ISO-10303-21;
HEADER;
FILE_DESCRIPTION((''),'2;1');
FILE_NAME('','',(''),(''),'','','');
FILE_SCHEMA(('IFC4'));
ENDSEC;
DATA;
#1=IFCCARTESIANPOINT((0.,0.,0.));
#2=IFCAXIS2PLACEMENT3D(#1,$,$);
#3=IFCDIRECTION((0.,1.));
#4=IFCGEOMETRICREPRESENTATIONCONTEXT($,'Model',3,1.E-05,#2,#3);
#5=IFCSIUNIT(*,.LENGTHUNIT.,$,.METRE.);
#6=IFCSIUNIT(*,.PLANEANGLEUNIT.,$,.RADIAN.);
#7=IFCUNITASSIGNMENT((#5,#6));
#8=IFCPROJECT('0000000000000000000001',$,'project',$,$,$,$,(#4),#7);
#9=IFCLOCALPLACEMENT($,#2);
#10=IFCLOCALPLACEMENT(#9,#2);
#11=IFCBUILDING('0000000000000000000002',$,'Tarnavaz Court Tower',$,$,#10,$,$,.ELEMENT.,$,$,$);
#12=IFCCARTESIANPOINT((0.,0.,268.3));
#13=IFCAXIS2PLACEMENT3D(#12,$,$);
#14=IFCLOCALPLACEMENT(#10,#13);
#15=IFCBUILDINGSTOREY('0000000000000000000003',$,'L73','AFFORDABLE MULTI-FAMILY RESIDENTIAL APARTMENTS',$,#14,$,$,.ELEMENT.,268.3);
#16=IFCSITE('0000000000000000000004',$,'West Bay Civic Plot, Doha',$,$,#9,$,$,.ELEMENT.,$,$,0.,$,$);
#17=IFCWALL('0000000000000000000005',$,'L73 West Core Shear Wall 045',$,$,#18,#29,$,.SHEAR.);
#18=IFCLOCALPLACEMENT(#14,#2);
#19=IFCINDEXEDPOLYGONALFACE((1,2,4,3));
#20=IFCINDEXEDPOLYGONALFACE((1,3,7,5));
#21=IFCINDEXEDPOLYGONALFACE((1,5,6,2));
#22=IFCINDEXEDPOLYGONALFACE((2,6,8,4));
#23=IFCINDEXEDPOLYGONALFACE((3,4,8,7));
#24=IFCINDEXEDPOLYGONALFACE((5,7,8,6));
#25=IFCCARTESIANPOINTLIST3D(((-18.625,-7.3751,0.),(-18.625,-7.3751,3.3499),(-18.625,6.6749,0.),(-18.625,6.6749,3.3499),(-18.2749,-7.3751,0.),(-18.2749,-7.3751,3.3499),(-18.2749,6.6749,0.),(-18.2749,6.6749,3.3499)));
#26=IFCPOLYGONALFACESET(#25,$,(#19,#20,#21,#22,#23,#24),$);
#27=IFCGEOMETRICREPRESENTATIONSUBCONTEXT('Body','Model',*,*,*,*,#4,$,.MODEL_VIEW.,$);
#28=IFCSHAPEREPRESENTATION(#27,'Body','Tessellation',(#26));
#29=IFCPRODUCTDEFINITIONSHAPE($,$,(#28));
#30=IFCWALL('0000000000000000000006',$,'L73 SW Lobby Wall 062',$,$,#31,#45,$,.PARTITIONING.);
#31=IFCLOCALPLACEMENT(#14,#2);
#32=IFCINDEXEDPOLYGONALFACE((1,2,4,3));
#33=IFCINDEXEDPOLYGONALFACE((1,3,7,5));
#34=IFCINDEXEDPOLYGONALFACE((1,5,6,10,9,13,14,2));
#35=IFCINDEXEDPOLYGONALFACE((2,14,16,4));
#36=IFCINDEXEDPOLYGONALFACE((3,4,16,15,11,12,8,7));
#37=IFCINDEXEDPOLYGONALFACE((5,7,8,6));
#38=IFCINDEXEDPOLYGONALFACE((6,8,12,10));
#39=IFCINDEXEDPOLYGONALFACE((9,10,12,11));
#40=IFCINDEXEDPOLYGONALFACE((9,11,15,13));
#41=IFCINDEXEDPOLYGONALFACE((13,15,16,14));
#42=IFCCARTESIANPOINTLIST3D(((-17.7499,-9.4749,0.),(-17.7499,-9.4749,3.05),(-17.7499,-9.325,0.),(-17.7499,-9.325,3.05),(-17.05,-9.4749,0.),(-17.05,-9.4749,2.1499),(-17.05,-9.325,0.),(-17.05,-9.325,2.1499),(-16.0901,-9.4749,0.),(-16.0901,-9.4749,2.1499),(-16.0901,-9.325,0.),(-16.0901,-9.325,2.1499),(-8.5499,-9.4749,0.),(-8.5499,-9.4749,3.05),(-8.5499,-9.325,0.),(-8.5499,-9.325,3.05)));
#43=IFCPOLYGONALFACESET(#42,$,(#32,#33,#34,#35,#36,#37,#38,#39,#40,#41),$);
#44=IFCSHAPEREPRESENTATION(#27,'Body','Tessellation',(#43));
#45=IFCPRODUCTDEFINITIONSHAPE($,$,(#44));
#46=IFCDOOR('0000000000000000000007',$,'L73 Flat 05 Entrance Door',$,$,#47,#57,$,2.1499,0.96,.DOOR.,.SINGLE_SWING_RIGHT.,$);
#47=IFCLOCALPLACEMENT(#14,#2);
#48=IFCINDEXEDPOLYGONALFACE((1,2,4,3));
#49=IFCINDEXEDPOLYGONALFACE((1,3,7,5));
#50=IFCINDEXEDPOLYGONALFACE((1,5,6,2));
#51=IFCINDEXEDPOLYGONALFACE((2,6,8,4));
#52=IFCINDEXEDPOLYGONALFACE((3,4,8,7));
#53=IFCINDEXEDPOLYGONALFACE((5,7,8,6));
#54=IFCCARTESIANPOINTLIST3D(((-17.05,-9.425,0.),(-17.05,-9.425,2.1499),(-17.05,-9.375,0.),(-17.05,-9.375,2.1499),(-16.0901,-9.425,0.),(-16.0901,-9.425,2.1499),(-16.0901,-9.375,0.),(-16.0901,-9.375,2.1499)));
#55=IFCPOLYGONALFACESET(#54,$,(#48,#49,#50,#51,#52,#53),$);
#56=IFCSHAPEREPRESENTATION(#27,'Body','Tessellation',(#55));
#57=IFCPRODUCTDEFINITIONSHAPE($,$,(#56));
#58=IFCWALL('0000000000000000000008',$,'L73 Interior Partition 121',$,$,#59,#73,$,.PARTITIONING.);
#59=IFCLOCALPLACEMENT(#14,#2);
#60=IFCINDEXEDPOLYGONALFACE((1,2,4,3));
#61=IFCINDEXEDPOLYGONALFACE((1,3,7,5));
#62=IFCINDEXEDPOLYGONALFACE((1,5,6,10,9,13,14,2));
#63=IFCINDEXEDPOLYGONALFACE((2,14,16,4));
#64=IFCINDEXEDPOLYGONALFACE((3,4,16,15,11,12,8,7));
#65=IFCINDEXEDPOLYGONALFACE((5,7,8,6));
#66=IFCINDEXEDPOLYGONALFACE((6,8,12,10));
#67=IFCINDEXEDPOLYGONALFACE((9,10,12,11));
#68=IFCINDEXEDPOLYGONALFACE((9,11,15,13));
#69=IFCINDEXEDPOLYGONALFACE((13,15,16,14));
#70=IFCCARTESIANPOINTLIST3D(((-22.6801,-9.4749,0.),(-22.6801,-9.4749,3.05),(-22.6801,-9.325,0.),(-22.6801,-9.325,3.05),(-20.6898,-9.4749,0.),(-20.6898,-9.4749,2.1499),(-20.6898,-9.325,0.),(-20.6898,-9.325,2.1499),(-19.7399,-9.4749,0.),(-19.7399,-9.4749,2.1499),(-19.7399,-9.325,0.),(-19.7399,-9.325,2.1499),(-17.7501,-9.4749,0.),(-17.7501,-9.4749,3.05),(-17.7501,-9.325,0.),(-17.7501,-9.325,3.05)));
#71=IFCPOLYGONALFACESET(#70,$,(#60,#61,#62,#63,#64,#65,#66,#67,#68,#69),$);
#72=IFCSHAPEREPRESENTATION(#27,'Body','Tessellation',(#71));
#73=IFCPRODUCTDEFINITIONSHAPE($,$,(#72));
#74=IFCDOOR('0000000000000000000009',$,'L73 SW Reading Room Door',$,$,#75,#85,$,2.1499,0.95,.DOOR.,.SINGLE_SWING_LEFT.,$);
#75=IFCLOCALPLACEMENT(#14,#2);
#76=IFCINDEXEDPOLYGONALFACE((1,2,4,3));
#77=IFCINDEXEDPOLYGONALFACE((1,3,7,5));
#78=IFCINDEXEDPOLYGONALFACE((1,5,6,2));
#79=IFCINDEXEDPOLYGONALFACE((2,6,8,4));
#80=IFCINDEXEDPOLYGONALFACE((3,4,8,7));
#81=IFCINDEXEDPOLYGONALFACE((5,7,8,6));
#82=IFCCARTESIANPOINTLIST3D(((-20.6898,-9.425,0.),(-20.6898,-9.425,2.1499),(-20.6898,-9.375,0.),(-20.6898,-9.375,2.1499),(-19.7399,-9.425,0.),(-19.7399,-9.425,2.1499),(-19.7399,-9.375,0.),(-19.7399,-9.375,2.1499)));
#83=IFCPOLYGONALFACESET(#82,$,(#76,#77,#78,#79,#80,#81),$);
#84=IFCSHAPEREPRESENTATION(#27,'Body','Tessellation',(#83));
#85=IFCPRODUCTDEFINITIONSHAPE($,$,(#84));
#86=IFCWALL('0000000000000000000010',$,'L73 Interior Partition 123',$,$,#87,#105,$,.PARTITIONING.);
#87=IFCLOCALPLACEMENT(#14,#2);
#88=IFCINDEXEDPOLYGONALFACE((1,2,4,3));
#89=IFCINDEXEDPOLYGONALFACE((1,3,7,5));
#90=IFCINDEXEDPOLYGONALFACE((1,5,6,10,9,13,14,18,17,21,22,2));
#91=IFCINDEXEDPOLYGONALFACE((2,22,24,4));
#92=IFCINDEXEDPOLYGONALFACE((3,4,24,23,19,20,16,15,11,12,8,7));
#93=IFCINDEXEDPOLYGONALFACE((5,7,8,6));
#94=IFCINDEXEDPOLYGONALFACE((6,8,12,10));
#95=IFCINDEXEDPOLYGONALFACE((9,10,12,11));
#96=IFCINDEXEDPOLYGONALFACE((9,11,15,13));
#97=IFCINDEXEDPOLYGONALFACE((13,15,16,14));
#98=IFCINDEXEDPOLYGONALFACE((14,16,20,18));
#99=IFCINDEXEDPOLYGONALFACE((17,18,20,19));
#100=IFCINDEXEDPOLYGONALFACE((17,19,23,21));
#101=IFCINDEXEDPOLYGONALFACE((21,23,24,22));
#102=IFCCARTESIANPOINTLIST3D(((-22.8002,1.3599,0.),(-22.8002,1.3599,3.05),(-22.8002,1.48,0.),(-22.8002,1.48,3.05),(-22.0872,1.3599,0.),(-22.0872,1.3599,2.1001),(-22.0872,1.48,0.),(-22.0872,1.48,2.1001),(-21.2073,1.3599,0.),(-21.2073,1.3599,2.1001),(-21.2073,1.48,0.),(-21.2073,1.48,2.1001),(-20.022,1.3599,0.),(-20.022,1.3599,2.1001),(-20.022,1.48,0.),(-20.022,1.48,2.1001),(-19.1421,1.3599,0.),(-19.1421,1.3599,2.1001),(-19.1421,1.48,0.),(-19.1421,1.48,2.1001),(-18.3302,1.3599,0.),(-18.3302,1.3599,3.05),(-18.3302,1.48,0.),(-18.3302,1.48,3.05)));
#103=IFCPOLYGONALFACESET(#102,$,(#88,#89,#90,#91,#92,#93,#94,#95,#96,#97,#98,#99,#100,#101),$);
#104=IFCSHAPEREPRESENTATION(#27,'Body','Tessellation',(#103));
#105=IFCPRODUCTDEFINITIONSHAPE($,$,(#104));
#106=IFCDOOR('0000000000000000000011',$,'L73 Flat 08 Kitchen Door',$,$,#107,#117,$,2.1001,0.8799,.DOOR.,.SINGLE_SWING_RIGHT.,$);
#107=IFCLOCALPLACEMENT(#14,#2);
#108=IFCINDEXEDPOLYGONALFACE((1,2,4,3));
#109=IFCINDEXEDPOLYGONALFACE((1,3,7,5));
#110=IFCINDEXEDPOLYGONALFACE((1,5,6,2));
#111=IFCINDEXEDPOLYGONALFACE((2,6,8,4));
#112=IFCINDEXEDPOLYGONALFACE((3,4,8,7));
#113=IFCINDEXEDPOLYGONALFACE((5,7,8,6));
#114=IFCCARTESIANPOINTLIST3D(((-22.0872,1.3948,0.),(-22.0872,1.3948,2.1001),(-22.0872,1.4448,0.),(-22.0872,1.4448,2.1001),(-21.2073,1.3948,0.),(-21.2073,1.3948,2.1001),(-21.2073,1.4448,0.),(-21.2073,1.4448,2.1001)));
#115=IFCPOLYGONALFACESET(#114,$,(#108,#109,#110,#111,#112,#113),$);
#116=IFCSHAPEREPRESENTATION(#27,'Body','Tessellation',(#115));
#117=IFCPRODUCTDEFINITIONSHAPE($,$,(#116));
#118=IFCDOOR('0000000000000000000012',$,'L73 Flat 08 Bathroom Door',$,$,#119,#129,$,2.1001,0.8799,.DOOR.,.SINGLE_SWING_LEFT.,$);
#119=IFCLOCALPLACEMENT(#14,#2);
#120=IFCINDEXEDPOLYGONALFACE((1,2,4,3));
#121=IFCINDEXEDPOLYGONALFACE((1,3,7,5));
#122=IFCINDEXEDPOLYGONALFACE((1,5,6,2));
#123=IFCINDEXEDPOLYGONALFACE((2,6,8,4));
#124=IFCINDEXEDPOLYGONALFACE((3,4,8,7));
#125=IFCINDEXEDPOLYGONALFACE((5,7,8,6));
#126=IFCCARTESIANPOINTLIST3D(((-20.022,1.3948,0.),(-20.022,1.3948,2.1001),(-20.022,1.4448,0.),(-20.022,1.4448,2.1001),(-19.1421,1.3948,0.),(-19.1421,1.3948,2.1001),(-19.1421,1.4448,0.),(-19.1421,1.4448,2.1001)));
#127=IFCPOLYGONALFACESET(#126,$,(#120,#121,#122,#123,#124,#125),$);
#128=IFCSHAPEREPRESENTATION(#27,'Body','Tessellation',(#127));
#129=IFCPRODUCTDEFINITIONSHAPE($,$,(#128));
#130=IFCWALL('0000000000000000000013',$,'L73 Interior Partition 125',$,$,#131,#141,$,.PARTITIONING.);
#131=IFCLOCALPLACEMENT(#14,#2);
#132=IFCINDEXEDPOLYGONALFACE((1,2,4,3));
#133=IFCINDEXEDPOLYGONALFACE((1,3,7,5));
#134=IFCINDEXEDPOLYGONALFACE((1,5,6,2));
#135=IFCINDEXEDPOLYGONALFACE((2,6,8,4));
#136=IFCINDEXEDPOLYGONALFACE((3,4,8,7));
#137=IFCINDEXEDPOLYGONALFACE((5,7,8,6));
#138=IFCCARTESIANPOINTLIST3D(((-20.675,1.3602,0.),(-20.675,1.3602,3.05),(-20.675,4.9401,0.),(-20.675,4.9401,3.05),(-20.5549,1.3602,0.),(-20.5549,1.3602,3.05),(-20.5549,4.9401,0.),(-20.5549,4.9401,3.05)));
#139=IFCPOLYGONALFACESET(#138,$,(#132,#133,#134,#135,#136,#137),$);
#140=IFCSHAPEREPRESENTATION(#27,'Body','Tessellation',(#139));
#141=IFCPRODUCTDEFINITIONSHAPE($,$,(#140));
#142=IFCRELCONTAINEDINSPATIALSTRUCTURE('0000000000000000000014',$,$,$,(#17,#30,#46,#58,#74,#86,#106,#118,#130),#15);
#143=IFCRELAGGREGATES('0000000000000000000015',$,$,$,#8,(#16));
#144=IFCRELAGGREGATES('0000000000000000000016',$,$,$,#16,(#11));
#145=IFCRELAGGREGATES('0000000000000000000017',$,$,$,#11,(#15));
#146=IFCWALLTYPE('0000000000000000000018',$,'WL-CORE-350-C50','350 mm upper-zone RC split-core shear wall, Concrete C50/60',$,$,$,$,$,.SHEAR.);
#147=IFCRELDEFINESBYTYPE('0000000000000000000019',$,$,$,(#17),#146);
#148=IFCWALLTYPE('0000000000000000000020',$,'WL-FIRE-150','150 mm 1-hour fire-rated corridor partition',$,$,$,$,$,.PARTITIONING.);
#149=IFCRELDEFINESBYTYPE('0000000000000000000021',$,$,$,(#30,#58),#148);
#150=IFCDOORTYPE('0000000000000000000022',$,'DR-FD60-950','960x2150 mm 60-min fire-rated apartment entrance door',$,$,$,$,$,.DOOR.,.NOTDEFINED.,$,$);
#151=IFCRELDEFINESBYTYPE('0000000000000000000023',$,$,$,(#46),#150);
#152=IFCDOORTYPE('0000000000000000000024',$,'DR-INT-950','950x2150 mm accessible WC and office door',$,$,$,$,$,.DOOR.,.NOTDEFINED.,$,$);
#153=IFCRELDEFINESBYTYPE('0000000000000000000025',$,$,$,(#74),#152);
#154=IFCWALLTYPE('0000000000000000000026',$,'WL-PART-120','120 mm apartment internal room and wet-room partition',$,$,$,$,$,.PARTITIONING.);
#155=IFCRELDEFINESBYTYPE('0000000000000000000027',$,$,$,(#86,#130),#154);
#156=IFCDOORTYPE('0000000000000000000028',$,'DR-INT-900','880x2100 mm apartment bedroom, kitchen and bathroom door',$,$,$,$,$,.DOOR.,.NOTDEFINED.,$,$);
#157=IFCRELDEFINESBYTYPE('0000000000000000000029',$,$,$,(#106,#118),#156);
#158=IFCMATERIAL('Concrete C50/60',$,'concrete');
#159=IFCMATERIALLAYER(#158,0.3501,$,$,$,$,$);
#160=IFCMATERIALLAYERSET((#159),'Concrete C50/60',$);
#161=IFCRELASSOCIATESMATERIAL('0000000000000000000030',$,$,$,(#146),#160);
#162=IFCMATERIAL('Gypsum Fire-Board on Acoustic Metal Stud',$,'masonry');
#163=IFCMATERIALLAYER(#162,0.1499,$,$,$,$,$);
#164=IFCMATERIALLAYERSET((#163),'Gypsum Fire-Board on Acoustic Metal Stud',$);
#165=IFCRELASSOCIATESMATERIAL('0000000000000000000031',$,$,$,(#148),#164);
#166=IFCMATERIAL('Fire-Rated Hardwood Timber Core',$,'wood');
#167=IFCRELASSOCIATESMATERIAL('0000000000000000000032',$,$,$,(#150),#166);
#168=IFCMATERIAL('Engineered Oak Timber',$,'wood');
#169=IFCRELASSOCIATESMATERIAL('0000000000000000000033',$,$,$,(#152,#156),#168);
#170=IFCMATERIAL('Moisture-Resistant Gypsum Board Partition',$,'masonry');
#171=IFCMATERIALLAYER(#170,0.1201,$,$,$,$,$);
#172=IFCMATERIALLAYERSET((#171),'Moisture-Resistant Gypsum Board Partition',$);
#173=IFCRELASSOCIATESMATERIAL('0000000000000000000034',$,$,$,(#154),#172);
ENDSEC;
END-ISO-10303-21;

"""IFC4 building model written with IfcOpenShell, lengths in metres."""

from ifc_helpers import new_model, si_unit, direction, frame, frame_2d, origin, place, context, subcontext, project, spatial, rectangle, extrude, material, layer, layer_set, type_object, element, fill, save


model = new_model("IFC4")

# Units and contexts
model_context = context("Model", 3, precision=1e-05, world=origin(), true_north=direction((0.0, 1.0)))
body_context = subcontext(model_context, "Body", "Model", "MODEL_VIEW")
ifc_project = project(units=[si_unit("LENGTHUNIT", "METRE"), si_unit("PLANEANGLEUNIT", "RADIAN")], contexts=[model_context])

# Site, building, storey
site_placement = place(None, origin())
site = spatial("IfcSite", under=ifc_project, at=site_placement, Name="West Bay Civic Plot, Doha", CompositionType="ELEMENT", RefElevation=0.0)
building_placement = place(site_placement, origin())
building = spatial("IfcBuilding", under=site, at=building_placement, Name="Tarnavaz Court Tower", CompositionType="ELEMENT")
storey_placement = place(building_placement, frame((0.0, 0.0, 268.3)))
storey = spatial("IfcBuildingStorey", under=building, at=storey_placement, Name="L73", Description="AFFORDABLE MULTI-FAMILY RESIDENTIAL APARTMENTS", CompositionType="ELEMENT", Elevation=268.3)

# Shared definitions
ifc_material_1 = material(Name="Concrete C50/60", Category="concrete")

# Wall
ifc_layer_1 = layer(ifc_material_1, 0.3501)
ifc_layer_set_1 = layer_set([ifc_layer_1], Name="Concrete C50/60")
wall_type_1 = type_object("IfcWallType", Name="WL-CORE-350-C50", Description="350 mm upper-zone RC split-core shear wall, Concrete C50/60", PredefinedType="SHEAR", material=ifc_layer_set_1)
wall_1_placement = place(storey_placement, frame((-18.45, -7.375, 0.0), z_axis=(0.0, 0.0, 1.0), x_axis=(0.0, 1.0, 0.0)))
element("IfcWall", 1, at=wall_1_placement, inside=storey, type_object=wall_type_1, Name="L73 West Core Shear Wall 045", PredefinedType="SHEAR", context=body_context, shape_type="SweptSolid", body=[
    extrude(rectangle(XDim=14.05, YDim=0.3501, at=frame_2d((7.0249, 0.0))), origin(), (0.0, 0.0, 1.0), 3.3499),
])

# Walls, openings, doors
ifc_material_2 = material(Name="Fire-Rated Hardwood Timber Core", Category="wood")
ifc_material_3 = material(Name="Gypsum Fire-Board on Acoustic Metal Stud", Category="masonry")
ifc_layer_2 = layer(ifc_material_3, 0.1499)
ifc_layer_set_2 = layer_set([ifc_layer_2], Name="Gypsum Fire-Board on Acoustic Metal Stud")
wall_type_2 = type_object("IfcWallType", Name="WL-FIRE-150", Description="150 mm 1-hour fire-rated corridor partition", PredefinedType="PARTITIONING", material=ifc_layer_set_2)
wall_2_placement = place(storey_placement, frame((-17.75, -9.3999, 0.0), z_axis=(0.0, 0.0, 1.0), x_axis=(1.0, 0.0, 0.0)))
wall_2 = element("IfcWall", 2, at=wall_2_placement, inside=storey, type_object=wall_type_2, Name="L73 SW Lobby Wall 062", PredefinedType="PARTITIONING", context=body_context, shape_type="SweptSolid", body=[
    extrude(rectangle(XDim=9.2, YDim=0.1499, at=frame_2d((4.6001, 0.0))), origin(), (0.0, 0.0, 1.0), 3.05),
])
opening_1_placement = place(wall_2_placement, frame((0.7, 0.0, 0.0)))
opening_1 = element("IfcOpeningElement", 3, at=opening_1_placement, cuts=wall_2, PredefinedType="OPENING", context=body_context, shape_type="SweptSolid", body=[
    extrude(rectangle(XDim=0.96, YDim=2.1499, at=frame_2d((0.48, 1.075))), frame((0.0, 0.085, 0.0), z_axis=(0.0, -1.0, 0.0), x_axis=(1.0, 0.0, 0.0)), (0.0, 0.0, 1.0), 0.1699),
])
door_type_1 = type_object("IfcDoorType", Name="DR-FD60-950", Description="960x2150 mm 60-min fire-rated apartment entrance door", OperationType="NOTDEFINED", PredefinedType="DOOR", material=ifc_material_2)
door_1_placement = place(opening_1_placement, origin())
door_1 = element("IfcDoor", 4, at=door_1_placement, inside=storey, type_object=door_type_1, Name="L73 Flat 05 Entrance Door", OperationType="SINGLE_SWING_RIGHT", OverallHeight=2.1499, OverallWidth=0.96, PredefinedType="DOOR", context=body_context, shape_type="SweptSolid", body=[
    extrude(rectangle(XDim=0.96, YDim=2.1499, at=frame_2d((0.48, 1.075))), frame((0.0, 0.0249, 0.0), z_axis=(0.0, -1.0, 0.0), x_axis=(1.0, 0.0, 0.0)), (0.0, 0.0, 1.0), 0.05),
])
fill(opening_1, door_1)
wall_3_placement = place(storey_placement, frame((-22.6799, -9.3999, 0.0), z_axis=(0.0, 0.0, 1.0), x_axis=(1.0, 0.0, 0.0)))
wall_3 = element("IfcWall", 5, at=wall_3_placement, inside=storey, type_object=wall_type_2, Name="L73 Interior Partition 121", PredefinedType="PARTITIONING", context=body_context, shape_type="SweptSolid", body=[
    extrude(rectangle(XDim=4.9299, YDim=0.1499, at=frame_2d((2.4648, 0.0))), origin(), (0.0, 0.0, 1.0), 3.05),
])
opening_2_placement = place(wall_3_placement, frame((1.99, 0.0, 0.0)))
opening_2 = element("IfcOpeningElement", 6, at=opening_2_placement, cuts=wall_3, PredefinedType="OPENING", context=body_context, shape_type="SweptSolid", body=[
    extrude(rectangle(XDim=0.95, YDim=2.1499, at=frame_2d((0.4751, 1.075))), frame((0.0, 0.085, 0.0), z_axis=(0.0, -1.0, 0.0), x_axis=(1.0, 0.0, 0.0)), (0.0, 0.0, 1.0), 0.1699),
])
ifc_material_4 = material(Name="Engineered Oak Timber", Category="wood")
door_type_2 = type_object("IfcDoorType", Name="DR-INT-950", Description="950x2150 mm accessible WC and office door", OperationType="NOTDEFINED", PredefinedType="DOOR", material=ifc_material_4)
door_2_placement = place(opening_2_placement, origin())
door_2 = element("IfcDoor", 7, at=door_2_placement, inside=storey, type_object=door_type_2, Name="L73 SW Reading Room Door", OperationType="SINGLE_SWING_LEFT", OverallHeight=2.1499, OverallWidth=0.95, PredefinedType="DOOR", context=body_context, shape_type="SweptSolid", body=[
    extrude(rectangle(XDim=0.95, YDim=2.1499, at=frame_2d((0.4751, 1.075))), frame((0.0, 0.0249, 0.0), z_axis=(0.0, -1.0, 0.0), x_axis=(1.0, 0.0, 0.0)), (0.0, 0.0, 1.0), 0.05),
])
fill(opening_2, door_2)

# Wall, openings, doors
ifc_material_5 = material(Name="Moisture-Resistant Gypsum Board Partition", Category="masonry")
ifc_layer_3 = layer(ifc_material_5, 0.1201)
ifc_layer_set_3 = layer_set([ifc_layer_3], Name="Moisture-Resistant Gypsum Board Partition")
wall_type_3 = type_object("IfcWallType", Name="WL-PART-120", Description="120 mm apartment internal room and wet-room partition", PredefinedType="PARTITIONING", material=ifc_layer_set_3)
wall_4_placement = place(storey_placement, frame((-22.8, 1.4199, 0.0), z_axis=(0.0, 0.0, 1.0), x_axis=(1.0, 0.0, 0.0)))
wall_4 = element("IfcWall", 8, at=wall_4_placement, inside=storey, type_object=wall_type_3, Name="L73 Interior Partition 123", PredefinedType="PARTITIONING", context=body_context, shape_type="SweptSolid", body=[
    extrude(rectangle(XDim=4.47, YDim=0.1201, at=frame_2d((2.2349, 0.0))), origin(), (0.0, 0.0, 1.0), 3.05),
])
opening_3_placement = place(wall_4_placement, frame((0.7129, 0.0, 0.0)))
opening_3 = element("IfcOpeningElement", 9, at=opening_3_placement, cuts=wall_4, PredefinedType="OPENING", context=body_context, shape_type="SweptSolid", body=[
    extrude(rectangle(XDim=0.8799, YDim=2.1001, at=frame_2d((0.4399, 1.05))), frame((0.0, 0.0701, 0.0), z_axis=(0.0, -1.0, 0.0), x_axis=(1.0, 0.0, 0.0)), (0.0, 0.0, 1.0), 0.1401),
])
opening_4_placement = place(wall_4_placement, frame((2.7781, 0.0, 0.0)))
opening_4 = element("IfcOpeningElement", 10, at=opening_4_placement, cuts=wall_4, PredefinedType="OPENING", context=body_context, shape_type="SweptSolid", body=[
    extrude(rectangle(XDim=0.8799, YDim=2.1001, at=frame_2d((0.4399, 1.05))), frame((0.0, 0.0701, 0.0), z_axis=(0.0, -1.0, 0.0), x_axis=(1.0, 0.0, 0.0)), (0.0, 0.0, 1.0), 0.1401),
])
door_type_3 = type_object("IfcDoorType", Name="DR-INT-900", Description="880x2100 mm apartment bedroom, kitchen and bathroom door", OperationType="NOTDEFINED", PredefinedType="DOOR", material=ifc_material_4)
door_3_placement = place(opening_3_placement, origin())
door_3 = element("IfcDoor", 11, at=door_3_placement, inside=storey, type_object=door_type_3, Name="L73 Flat 08 Kitchen Door", OperationType="SINGLE_SWING_RIGHT", OverallHeight=2.1001, OverallWidth=0.8799, PredefinedType="DOOR", context=body_context, shape_type="SweptSolid", body=[
    extrude(rectangle(XDim=0.8799, YDim=2.1001, at=frame_2d((0.4399, 1.05))), frame((0.0, 0.0249, 0.0), z_axis=(0.0, -1.0, 0.0), x_axis=(1.0, 0.0, 0.0)), (0.0, 0.0, 1.0), 0.05),
])
fill(opening_3, door_3)
door_4_placement = place(opening_4_placement, origin())
door_4 = element("IfcDoor", 12, at=door_4_placement, inside=storey, type_object=door_type_3, Name="L73 Flat 08 Bathroom Door", OperationType="SINGLE_SWING_LEFT", OverallHeight=2.1001, OverallWidth=0.8799, PredefinedType="DOOR", context=body_context, shape_type="SweptSolid", body=[
    extrude(rectangle(XDim=0.8799, YDim=2.1001, at=frame_2d((0.4399, 1.05))), frame((0.0, 0.0249, 0.0), z_axis=(0.0, -1.0, 0.0), x_axis=(1.0, 0.0, 0.0)), (0.0, 0.0, 1.0), 0.05),
])
fill(opening_4, door_4)

# Wall
wall_5_placement = place(storey_placement, frame((-20.615, 1.3601, 0.0), z_axis=(0.0, 0.0, 1.0), x_axis=(0.0, 1.0, 0.0)))
element("IfcWall", 13, at=wall_5_placement, inside=storey, type_object=wall_type_3, Name="L73 Interior Partition 125", PredefinedType="PARTITIONING", context=body_context, shape_type="SweptSolid", body=[
    extrude(rectangle(XDim=3.5798, YDim=0.1201, at=frame_2d((1.79, 0.0))), origin(), (0.0, 0.0, 1.0), 3.05),
])

save(model, "model.ifc")
